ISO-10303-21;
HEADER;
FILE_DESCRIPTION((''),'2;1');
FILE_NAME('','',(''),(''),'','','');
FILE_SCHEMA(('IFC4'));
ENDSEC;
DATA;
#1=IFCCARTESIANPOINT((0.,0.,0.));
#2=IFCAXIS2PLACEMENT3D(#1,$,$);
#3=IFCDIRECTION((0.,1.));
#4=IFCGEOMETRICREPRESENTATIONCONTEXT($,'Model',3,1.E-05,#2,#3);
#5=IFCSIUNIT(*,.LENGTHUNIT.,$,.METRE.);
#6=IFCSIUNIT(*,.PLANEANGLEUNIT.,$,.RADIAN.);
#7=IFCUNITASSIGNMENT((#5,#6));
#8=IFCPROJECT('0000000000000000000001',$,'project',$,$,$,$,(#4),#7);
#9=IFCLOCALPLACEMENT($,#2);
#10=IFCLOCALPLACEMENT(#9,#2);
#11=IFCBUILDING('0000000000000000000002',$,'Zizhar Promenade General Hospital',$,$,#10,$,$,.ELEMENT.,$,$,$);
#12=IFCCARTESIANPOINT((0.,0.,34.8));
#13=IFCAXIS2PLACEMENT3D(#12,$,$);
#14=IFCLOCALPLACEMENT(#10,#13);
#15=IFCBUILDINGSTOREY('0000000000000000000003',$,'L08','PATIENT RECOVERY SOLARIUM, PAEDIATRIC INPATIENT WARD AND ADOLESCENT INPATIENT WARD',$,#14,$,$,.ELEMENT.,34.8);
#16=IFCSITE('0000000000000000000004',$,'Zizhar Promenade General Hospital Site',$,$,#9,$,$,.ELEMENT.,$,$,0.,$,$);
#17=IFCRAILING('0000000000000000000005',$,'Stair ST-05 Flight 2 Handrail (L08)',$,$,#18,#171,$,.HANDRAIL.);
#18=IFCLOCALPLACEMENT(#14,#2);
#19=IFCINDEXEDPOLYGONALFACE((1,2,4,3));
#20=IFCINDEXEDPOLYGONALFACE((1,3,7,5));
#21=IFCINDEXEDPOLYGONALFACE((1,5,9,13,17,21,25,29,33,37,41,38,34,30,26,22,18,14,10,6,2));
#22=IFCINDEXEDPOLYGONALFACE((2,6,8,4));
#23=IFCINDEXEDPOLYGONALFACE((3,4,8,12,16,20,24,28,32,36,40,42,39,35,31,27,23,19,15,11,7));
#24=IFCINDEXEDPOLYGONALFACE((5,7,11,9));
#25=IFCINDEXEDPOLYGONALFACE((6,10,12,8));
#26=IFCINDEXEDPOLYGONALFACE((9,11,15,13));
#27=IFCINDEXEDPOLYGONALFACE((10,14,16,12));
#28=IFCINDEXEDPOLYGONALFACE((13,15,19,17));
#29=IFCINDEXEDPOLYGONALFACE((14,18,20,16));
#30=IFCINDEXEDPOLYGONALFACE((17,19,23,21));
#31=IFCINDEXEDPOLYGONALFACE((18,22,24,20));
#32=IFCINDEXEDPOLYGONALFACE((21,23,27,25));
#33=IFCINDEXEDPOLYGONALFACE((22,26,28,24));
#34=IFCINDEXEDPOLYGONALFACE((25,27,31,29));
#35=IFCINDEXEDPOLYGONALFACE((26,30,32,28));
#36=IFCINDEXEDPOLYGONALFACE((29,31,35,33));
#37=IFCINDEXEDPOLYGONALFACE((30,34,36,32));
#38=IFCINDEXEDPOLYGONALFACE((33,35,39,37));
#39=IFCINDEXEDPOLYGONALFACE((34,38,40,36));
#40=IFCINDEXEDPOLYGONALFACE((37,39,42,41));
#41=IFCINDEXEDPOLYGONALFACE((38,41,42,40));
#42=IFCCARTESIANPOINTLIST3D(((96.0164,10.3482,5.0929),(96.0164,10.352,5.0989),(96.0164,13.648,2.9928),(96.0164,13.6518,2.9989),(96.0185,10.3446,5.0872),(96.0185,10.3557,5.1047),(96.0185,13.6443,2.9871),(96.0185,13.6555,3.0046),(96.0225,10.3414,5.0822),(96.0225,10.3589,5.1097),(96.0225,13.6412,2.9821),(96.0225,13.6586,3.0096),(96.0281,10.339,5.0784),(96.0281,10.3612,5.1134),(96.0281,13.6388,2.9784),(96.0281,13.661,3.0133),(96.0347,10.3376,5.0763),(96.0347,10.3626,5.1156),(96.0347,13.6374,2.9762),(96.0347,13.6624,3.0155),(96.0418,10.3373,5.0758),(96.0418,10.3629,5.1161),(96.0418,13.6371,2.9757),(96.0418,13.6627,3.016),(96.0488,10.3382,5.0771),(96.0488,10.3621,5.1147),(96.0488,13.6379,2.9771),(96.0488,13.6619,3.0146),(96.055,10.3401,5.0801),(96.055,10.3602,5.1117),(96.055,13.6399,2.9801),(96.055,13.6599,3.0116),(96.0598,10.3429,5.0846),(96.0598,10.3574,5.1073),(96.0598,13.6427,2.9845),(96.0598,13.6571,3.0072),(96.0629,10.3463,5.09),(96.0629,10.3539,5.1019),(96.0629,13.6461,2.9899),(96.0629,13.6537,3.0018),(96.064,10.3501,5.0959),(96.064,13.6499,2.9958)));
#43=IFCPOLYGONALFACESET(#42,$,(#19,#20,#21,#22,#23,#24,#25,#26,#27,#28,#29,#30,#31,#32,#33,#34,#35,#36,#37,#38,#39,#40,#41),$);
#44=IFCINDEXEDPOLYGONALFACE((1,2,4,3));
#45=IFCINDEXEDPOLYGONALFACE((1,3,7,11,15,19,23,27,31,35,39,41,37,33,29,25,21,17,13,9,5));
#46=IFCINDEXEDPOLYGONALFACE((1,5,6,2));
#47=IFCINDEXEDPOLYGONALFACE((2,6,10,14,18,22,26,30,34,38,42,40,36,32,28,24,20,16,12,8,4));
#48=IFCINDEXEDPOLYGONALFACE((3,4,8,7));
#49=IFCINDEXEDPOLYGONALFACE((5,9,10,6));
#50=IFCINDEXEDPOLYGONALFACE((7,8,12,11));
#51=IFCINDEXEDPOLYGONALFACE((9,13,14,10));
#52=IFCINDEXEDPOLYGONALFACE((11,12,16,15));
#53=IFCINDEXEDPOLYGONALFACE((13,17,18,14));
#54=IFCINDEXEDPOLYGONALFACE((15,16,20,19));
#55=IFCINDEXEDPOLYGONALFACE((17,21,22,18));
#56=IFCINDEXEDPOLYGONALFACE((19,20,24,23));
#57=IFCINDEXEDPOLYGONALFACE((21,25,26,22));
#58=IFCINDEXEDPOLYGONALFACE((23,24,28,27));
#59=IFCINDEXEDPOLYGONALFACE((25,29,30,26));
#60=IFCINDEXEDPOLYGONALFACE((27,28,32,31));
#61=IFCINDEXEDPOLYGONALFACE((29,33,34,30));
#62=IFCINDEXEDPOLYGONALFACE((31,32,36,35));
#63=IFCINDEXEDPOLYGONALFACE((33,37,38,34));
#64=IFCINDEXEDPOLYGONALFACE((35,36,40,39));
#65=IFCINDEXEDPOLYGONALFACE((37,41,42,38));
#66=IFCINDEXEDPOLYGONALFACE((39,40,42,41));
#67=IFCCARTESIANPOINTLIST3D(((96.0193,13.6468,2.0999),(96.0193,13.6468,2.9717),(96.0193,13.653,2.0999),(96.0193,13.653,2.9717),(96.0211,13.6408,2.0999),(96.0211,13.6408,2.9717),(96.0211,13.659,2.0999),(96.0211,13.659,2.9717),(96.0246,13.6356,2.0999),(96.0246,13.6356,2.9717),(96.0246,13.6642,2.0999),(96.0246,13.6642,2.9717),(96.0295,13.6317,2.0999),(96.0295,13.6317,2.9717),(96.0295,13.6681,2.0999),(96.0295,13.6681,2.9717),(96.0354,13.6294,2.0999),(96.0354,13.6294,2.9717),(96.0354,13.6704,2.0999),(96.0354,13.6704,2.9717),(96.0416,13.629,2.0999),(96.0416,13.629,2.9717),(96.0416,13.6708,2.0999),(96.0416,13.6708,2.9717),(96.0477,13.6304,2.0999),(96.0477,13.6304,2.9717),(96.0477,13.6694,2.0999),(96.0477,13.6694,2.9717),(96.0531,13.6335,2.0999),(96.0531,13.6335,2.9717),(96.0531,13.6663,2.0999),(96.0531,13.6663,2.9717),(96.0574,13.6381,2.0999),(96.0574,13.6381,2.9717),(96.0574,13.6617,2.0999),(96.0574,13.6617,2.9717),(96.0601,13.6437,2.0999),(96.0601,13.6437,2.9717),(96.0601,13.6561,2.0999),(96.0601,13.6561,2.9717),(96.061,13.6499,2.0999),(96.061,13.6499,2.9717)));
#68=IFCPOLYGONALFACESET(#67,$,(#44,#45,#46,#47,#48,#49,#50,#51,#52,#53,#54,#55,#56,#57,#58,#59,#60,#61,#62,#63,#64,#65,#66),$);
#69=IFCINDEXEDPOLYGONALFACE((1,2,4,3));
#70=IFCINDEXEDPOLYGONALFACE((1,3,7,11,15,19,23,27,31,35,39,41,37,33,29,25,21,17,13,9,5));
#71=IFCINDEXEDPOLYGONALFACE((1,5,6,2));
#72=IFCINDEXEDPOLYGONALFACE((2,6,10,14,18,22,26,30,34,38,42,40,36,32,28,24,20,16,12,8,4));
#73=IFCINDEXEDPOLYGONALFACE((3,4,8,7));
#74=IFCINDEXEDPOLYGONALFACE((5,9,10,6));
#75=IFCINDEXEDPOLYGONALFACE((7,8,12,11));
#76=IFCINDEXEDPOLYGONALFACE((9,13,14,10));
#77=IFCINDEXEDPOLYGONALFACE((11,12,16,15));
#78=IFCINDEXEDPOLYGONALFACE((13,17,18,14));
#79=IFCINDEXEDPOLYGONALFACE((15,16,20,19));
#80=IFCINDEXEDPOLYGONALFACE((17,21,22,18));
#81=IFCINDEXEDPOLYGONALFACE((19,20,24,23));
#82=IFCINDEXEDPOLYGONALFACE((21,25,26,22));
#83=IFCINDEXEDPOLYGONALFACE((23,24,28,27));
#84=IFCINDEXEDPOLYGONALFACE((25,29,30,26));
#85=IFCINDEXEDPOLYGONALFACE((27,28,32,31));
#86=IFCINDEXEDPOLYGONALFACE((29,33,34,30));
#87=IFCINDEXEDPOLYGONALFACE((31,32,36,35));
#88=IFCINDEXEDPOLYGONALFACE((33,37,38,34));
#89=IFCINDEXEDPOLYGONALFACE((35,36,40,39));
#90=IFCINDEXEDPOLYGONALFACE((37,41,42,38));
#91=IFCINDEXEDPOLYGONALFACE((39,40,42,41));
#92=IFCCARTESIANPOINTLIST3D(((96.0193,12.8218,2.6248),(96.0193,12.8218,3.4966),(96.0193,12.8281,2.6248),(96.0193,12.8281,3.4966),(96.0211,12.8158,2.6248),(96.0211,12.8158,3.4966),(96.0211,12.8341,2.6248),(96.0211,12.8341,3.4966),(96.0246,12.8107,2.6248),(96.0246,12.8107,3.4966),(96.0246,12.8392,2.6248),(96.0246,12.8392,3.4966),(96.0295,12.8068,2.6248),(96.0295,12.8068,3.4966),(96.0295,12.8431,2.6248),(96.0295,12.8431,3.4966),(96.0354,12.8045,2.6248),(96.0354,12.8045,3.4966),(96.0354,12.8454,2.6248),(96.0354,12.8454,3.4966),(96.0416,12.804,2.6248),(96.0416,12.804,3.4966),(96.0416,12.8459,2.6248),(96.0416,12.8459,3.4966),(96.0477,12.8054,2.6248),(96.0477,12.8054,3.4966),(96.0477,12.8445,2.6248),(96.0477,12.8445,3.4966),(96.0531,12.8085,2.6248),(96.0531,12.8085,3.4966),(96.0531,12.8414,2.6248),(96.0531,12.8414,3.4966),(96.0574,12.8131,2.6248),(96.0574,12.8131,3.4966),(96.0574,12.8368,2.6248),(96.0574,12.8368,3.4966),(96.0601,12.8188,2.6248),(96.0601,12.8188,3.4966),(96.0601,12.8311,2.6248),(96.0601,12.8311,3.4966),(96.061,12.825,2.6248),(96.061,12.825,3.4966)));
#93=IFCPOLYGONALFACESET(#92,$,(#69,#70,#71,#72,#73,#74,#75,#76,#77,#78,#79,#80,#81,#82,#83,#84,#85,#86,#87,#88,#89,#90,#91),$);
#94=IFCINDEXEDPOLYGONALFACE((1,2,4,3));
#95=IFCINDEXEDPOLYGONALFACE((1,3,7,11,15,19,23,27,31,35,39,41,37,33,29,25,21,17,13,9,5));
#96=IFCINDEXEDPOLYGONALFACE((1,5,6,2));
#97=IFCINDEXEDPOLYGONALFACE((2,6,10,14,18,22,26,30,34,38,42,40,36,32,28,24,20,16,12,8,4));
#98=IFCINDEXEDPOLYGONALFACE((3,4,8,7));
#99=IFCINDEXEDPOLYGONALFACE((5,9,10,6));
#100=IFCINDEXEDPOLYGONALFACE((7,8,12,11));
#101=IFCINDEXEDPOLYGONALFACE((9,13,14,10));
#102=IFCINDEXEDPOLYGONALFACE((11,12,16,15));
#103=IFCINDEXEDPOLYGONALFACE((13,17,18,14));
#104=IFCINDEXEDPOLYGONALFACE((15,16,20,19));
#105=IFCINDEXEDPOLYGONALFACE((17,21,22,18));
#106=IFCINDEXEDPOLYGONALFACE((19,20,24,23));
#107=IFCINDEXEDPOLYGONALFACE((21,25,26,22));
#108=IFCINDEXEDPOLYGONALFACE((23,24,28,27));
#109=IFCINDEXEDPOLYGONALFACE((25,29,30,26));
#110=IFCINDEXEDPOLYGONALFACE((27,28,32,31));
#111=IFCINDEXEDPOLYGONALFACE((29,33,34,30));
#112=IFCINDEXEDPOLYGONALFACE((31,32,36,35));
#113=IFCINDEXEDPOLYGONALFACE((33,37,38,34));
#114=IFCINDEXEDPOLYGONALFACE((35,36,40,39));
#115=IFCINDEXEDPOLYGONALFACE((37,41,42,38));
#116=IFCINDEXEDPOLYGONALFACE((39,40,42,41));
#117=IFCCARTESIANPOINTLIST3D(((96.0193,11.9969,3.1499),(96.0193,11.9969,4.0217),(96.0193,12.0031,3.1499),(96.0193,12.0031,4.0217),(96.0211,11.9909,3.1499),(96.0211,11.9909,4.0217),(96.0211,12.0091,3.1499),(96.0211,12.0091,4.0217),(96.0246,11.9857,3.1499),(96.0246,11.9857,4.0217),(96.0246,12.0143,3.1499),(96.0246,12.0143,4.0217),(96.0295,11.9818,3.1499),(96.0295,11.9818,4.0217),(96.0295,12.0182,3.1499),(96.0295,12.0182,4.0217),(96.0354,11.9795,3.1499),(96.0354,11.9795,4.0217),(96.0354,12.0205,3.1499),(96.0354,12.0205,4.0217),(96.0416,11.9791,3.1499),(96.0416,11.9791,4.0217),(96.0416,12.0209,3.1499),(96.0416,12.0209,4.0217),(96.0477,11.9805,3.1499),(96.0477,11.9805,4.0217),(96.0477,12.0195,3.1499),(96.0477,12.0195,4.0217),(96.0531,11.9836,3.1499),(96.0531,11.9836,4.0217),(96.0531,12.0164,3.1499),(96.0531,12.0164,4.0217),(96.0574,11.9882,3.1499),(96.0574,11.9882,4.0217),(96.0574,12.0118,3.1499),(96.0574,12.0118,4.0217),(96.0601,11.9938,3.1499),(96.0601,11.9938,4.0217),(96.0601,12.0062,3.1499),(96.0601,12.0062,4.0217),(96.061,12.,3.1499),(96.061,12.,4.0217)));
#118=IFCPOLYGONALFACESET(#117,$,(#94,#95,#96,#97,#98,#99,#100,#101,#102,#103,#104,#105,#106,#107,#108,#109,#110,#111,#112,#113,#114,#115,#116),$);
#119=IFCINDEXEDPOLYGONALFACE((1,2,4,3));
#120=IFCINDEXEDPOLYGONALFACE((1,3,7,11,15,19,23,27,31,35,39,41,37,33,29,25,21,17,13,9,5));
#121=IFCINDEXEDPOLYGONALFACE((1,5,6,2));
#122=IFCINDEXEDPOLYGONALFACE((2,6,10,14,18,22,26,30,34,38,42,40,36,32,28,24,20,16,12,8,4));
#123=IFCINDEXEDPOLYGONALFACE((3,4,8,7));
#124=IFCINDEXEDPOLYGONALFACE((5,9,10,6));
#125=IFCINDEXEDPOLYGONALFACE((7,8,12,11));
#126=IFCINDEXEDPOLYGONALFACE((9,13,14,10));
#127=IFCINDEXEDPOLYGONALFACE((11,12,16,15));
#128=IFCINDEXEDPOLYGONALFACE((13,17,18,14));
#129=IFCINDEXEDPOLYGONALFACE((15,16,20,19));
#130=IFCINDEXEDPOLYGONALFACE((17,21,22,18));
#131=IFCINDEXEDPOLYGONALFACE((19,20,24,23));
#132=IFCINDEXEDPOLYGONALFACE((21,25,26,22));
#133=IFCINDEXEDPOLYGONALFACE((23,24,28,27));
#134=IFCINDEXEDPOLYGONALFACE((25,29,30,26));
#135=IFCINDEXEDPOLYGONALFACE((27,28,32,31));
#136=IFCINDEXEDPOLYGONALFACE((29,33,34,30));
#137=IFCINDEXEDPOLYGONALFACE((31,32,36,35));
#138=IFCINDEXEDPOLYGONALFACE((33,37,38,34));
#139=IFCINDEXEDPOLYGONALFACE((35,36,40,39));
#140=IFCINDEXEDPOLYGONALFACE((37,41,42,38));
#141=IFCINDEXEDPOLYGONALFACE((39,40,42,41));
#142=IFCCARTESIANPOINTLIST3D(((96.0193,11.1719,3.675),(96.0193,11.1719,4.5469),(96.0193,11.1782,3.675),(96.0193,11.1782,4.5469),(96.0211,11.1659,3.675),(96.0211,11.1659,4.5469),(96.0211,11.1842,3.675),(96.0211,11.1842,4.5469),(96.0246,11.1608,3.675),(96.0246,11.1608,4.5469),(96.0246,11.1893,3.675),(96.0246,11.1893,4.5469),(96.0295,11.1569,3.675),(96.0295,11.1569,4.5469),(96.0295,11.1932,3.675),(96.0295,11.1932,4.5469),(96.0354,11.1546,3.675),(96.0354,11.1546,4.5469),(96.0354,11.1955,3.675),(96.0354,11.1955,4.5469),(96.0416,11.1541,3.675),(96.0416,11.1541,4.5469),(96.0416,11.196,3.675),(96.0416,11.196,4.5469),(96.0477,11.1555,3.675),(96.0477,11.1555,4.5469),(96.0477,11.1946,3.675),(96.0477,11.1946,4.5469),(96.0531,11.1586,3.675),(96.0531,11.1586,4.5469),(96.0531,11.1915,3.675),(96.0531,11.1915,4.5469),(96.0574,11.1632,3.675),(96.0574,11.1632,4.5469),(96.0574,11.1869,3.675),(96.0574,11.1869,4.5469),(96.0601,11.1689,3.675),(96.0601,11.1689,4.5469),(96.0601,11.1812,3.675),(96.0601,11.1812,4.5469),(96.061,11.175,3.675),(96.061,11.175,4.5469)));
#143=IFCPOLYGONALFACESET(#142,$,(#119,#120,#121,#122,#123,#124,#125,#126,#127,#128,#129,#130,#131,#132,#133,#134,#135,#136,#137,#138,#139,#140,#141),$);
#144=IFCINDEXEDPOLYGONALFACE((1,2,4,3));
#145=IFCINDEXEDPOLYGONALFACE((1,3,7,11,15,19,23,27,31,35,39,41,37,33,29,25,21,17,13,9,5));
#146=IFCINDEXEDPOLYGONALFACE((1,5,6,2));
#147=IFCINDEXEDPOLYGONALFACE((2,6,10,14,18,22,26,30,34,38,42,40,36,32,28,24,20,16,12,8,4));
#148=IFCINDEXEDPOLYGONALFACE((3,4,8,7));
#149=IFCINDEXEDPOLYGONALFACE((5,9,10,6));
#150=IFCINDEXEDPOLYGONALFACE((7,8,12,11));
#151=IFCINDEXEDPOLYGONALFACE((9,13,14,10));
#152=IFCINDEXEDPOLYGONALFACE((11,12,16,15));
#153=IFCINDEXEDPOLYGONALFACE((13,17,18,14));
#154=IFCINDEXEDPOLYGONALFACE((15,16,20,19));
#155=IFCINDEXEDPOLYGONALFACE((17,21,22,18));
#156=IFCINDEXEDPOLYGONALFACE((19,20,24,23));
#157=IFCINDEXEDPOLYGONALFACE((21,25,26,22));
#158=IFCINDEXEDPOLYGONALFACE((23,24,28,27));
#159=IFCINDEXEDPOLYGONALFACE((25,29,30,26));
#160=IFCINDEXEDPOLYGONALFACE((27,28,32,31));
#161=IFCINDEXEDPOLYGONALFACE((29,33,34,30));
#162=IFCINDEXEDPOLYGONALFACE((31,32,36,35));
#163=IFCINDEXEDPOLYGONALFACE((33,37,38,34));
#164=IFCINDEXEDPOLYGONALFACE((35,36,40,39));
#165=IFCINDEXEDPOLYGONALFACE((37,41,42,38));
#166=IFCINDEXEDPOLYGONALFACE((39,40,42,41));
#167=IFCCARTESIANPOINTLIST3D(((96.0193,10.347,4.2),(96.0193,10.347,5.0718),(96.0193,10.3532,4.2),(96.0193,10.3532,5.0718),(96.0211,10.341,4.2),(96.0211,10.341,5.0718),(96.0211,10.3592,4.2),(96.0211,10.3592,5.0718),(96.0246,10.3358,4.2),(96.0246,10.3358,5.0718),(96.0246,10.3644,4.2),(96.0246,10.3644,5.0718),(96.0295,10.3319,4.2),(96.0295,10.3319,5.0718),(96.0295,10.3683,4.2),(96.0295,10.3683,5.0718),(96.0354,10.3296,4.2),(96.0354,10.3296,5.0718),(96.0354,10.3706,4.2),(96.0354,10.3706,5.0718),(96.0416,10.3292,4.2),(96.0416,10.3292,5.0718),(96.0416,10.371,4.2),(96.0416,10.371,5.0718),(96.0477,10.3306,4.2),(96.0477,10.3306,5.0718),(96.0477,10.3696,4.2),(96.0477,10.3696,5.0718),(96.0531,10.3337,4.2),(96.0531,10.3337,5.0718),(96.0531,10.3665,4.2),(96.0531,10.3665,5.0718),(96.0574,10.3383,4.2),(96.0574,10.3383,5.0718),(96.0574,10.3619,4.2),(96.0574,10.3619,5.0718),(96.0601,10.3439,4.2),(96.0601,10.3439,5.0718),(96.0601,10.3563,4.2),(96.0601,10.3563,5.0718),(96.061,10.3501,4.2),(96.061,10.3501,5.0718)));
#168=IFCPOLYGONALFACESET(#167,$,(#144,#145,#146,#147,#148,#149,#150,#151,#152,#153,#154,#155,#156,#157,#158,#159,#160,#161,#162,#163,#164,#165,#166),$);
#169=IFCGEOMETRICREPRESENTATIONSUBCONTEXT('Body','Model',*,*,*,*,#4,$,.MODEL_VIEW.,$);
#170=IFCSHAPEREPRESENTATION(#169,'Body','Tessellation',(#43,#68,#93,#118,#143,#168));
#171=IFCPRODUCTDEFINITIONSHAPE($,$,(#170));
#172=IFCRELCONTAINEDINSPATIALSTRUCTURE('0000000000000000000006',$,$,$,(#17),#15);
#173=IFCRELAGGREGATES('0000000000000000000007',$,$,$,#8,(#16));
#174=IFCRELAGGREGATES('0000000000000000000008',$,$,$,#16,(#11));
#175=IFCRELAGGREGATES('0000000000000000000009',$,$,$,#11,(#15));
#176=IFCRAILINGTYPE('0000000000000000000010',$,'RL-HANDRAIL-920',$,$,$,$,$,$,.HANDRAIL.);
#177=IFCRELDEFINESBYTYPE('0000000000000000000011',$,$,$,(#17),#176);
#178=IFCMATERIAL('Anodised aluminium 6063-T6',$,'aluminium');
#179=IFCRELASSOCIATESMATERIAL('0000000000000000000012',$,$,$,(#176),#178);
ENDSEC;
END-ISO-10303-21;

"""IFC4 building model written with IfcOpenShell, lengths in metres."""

from ifc_helpers import new_model, si_unit, direction, frame, origin, origin_2d, place, context, subcontext, project, spatial, circle, hollow_circle, extrude, material, material_profile, profile_set, type_object, element, save


model = new_model("IFC4")

# Units and contexts
model_context = context("Model", 3, precision=1e-05, world=origin(), true_north=direction((0.0, 1.0)))
body_context = subcontext(model_context, "Body", "Model", "MODEL_VIEW")
ifc_project = project(units=[si_unit("LENGTHUNIT", "METRE"), si_unit("PLANEANGLEUNIT", "RADIAN")], contexts=[model_context])

# Site, building, storey
site_placement = place(None, origin())
site = spatial("IfcSite", under=ifc_project, at=site_placement, Name="Zizhar Promenade General Hospital Site", CompositionType="ELEMENT", RefElevation=0.0)
building_placement = place(site_placement, origin())
building = spatial("IfcBuilding", under=site, at=building_placement, Name="Zizhar Promenade General Hospital", CompositionType="ELEMENT")
storey_placement = place(building_placement, frame((0.0, 0.0, 34.8)))
storey = spatial("IfcBuildingStorey", under=building, at=storey_placement, Name="L08", Description="PATIENT RECOVERY SOLARIUM, PAEDIATRIC INPATIENT WARD AND ADOLESCENT INPATIENT WARD", CompositionType="ELEMENT", Elevation=34.8)

# Railing
ifc_material_1 = material(Name="Anodised aluminium 6063-T6", Category="aluminium")
ifc_material_profile_1 = material_profile(ifc_material_1, hollow_circle(Radius=0.0698, WallThickness=0.0063, at=origin_2d()))
ifc_profile_set_1 = profile_set([ifc_material_profile_1], Name="Anodised aluminium 6063-T6")
railing_type_1 = type_object("IfcRailingType", Name="RL-HANDRAIL-920", PredefinedType="HANDRAIL", material=ifc_profile_set_1)
railing_1_placement = place(storey_placement, frame((96.04, 13.6499, 2.0999)))
element("IfcRailing", 1, at=railing_1_placement, inside=storey, type_object=railing_type_1, Name="Stair ST-05 Flight 2 Handrail (L08)", PredefinedType="HANDRAIL", context=body_context, shape_type="SweptSolid", body=[
    extrude(circle(Radius=0.0239, at=origin_2d()), frame((0.0, 0.0, 0.896), z_axis=(0.0, -0.843636, 0.536916), x_axis=(1.0, 0.0, 0.0)), (0.0, 0.0, 1.0), 3.9114),
    extrude(circle(Radius=0.021, at=origin_2d()), origin(), (0.0, 0.0, 1.0), 0.8718),
    extrude(circle(Radius=0.021, at=origin_2d()), frame((0.0, -0.825, 0.5249)), (0.0, 0.0, 1.0), 0.8718),
    extrude(circle(Radius=0.021, at=origin_2d()), frame((0.0, -1.6499, 1.05)), (0.0, 0.0, 1.0), 0.8718),
    extrude(circle(Radius=0.021, at=origin_2d()), frame((0.0, -2.4749, 1.5752)), (0.0, 0.0, 1.0), 0.8718),
    extrude(circle(Radius=0.021, at=origin_2d()), frame((0.0, -3.2998, 2.1001)), (0.0, 0.0, 1.0), 0.8718),
])

save(model, "model.ifc")
